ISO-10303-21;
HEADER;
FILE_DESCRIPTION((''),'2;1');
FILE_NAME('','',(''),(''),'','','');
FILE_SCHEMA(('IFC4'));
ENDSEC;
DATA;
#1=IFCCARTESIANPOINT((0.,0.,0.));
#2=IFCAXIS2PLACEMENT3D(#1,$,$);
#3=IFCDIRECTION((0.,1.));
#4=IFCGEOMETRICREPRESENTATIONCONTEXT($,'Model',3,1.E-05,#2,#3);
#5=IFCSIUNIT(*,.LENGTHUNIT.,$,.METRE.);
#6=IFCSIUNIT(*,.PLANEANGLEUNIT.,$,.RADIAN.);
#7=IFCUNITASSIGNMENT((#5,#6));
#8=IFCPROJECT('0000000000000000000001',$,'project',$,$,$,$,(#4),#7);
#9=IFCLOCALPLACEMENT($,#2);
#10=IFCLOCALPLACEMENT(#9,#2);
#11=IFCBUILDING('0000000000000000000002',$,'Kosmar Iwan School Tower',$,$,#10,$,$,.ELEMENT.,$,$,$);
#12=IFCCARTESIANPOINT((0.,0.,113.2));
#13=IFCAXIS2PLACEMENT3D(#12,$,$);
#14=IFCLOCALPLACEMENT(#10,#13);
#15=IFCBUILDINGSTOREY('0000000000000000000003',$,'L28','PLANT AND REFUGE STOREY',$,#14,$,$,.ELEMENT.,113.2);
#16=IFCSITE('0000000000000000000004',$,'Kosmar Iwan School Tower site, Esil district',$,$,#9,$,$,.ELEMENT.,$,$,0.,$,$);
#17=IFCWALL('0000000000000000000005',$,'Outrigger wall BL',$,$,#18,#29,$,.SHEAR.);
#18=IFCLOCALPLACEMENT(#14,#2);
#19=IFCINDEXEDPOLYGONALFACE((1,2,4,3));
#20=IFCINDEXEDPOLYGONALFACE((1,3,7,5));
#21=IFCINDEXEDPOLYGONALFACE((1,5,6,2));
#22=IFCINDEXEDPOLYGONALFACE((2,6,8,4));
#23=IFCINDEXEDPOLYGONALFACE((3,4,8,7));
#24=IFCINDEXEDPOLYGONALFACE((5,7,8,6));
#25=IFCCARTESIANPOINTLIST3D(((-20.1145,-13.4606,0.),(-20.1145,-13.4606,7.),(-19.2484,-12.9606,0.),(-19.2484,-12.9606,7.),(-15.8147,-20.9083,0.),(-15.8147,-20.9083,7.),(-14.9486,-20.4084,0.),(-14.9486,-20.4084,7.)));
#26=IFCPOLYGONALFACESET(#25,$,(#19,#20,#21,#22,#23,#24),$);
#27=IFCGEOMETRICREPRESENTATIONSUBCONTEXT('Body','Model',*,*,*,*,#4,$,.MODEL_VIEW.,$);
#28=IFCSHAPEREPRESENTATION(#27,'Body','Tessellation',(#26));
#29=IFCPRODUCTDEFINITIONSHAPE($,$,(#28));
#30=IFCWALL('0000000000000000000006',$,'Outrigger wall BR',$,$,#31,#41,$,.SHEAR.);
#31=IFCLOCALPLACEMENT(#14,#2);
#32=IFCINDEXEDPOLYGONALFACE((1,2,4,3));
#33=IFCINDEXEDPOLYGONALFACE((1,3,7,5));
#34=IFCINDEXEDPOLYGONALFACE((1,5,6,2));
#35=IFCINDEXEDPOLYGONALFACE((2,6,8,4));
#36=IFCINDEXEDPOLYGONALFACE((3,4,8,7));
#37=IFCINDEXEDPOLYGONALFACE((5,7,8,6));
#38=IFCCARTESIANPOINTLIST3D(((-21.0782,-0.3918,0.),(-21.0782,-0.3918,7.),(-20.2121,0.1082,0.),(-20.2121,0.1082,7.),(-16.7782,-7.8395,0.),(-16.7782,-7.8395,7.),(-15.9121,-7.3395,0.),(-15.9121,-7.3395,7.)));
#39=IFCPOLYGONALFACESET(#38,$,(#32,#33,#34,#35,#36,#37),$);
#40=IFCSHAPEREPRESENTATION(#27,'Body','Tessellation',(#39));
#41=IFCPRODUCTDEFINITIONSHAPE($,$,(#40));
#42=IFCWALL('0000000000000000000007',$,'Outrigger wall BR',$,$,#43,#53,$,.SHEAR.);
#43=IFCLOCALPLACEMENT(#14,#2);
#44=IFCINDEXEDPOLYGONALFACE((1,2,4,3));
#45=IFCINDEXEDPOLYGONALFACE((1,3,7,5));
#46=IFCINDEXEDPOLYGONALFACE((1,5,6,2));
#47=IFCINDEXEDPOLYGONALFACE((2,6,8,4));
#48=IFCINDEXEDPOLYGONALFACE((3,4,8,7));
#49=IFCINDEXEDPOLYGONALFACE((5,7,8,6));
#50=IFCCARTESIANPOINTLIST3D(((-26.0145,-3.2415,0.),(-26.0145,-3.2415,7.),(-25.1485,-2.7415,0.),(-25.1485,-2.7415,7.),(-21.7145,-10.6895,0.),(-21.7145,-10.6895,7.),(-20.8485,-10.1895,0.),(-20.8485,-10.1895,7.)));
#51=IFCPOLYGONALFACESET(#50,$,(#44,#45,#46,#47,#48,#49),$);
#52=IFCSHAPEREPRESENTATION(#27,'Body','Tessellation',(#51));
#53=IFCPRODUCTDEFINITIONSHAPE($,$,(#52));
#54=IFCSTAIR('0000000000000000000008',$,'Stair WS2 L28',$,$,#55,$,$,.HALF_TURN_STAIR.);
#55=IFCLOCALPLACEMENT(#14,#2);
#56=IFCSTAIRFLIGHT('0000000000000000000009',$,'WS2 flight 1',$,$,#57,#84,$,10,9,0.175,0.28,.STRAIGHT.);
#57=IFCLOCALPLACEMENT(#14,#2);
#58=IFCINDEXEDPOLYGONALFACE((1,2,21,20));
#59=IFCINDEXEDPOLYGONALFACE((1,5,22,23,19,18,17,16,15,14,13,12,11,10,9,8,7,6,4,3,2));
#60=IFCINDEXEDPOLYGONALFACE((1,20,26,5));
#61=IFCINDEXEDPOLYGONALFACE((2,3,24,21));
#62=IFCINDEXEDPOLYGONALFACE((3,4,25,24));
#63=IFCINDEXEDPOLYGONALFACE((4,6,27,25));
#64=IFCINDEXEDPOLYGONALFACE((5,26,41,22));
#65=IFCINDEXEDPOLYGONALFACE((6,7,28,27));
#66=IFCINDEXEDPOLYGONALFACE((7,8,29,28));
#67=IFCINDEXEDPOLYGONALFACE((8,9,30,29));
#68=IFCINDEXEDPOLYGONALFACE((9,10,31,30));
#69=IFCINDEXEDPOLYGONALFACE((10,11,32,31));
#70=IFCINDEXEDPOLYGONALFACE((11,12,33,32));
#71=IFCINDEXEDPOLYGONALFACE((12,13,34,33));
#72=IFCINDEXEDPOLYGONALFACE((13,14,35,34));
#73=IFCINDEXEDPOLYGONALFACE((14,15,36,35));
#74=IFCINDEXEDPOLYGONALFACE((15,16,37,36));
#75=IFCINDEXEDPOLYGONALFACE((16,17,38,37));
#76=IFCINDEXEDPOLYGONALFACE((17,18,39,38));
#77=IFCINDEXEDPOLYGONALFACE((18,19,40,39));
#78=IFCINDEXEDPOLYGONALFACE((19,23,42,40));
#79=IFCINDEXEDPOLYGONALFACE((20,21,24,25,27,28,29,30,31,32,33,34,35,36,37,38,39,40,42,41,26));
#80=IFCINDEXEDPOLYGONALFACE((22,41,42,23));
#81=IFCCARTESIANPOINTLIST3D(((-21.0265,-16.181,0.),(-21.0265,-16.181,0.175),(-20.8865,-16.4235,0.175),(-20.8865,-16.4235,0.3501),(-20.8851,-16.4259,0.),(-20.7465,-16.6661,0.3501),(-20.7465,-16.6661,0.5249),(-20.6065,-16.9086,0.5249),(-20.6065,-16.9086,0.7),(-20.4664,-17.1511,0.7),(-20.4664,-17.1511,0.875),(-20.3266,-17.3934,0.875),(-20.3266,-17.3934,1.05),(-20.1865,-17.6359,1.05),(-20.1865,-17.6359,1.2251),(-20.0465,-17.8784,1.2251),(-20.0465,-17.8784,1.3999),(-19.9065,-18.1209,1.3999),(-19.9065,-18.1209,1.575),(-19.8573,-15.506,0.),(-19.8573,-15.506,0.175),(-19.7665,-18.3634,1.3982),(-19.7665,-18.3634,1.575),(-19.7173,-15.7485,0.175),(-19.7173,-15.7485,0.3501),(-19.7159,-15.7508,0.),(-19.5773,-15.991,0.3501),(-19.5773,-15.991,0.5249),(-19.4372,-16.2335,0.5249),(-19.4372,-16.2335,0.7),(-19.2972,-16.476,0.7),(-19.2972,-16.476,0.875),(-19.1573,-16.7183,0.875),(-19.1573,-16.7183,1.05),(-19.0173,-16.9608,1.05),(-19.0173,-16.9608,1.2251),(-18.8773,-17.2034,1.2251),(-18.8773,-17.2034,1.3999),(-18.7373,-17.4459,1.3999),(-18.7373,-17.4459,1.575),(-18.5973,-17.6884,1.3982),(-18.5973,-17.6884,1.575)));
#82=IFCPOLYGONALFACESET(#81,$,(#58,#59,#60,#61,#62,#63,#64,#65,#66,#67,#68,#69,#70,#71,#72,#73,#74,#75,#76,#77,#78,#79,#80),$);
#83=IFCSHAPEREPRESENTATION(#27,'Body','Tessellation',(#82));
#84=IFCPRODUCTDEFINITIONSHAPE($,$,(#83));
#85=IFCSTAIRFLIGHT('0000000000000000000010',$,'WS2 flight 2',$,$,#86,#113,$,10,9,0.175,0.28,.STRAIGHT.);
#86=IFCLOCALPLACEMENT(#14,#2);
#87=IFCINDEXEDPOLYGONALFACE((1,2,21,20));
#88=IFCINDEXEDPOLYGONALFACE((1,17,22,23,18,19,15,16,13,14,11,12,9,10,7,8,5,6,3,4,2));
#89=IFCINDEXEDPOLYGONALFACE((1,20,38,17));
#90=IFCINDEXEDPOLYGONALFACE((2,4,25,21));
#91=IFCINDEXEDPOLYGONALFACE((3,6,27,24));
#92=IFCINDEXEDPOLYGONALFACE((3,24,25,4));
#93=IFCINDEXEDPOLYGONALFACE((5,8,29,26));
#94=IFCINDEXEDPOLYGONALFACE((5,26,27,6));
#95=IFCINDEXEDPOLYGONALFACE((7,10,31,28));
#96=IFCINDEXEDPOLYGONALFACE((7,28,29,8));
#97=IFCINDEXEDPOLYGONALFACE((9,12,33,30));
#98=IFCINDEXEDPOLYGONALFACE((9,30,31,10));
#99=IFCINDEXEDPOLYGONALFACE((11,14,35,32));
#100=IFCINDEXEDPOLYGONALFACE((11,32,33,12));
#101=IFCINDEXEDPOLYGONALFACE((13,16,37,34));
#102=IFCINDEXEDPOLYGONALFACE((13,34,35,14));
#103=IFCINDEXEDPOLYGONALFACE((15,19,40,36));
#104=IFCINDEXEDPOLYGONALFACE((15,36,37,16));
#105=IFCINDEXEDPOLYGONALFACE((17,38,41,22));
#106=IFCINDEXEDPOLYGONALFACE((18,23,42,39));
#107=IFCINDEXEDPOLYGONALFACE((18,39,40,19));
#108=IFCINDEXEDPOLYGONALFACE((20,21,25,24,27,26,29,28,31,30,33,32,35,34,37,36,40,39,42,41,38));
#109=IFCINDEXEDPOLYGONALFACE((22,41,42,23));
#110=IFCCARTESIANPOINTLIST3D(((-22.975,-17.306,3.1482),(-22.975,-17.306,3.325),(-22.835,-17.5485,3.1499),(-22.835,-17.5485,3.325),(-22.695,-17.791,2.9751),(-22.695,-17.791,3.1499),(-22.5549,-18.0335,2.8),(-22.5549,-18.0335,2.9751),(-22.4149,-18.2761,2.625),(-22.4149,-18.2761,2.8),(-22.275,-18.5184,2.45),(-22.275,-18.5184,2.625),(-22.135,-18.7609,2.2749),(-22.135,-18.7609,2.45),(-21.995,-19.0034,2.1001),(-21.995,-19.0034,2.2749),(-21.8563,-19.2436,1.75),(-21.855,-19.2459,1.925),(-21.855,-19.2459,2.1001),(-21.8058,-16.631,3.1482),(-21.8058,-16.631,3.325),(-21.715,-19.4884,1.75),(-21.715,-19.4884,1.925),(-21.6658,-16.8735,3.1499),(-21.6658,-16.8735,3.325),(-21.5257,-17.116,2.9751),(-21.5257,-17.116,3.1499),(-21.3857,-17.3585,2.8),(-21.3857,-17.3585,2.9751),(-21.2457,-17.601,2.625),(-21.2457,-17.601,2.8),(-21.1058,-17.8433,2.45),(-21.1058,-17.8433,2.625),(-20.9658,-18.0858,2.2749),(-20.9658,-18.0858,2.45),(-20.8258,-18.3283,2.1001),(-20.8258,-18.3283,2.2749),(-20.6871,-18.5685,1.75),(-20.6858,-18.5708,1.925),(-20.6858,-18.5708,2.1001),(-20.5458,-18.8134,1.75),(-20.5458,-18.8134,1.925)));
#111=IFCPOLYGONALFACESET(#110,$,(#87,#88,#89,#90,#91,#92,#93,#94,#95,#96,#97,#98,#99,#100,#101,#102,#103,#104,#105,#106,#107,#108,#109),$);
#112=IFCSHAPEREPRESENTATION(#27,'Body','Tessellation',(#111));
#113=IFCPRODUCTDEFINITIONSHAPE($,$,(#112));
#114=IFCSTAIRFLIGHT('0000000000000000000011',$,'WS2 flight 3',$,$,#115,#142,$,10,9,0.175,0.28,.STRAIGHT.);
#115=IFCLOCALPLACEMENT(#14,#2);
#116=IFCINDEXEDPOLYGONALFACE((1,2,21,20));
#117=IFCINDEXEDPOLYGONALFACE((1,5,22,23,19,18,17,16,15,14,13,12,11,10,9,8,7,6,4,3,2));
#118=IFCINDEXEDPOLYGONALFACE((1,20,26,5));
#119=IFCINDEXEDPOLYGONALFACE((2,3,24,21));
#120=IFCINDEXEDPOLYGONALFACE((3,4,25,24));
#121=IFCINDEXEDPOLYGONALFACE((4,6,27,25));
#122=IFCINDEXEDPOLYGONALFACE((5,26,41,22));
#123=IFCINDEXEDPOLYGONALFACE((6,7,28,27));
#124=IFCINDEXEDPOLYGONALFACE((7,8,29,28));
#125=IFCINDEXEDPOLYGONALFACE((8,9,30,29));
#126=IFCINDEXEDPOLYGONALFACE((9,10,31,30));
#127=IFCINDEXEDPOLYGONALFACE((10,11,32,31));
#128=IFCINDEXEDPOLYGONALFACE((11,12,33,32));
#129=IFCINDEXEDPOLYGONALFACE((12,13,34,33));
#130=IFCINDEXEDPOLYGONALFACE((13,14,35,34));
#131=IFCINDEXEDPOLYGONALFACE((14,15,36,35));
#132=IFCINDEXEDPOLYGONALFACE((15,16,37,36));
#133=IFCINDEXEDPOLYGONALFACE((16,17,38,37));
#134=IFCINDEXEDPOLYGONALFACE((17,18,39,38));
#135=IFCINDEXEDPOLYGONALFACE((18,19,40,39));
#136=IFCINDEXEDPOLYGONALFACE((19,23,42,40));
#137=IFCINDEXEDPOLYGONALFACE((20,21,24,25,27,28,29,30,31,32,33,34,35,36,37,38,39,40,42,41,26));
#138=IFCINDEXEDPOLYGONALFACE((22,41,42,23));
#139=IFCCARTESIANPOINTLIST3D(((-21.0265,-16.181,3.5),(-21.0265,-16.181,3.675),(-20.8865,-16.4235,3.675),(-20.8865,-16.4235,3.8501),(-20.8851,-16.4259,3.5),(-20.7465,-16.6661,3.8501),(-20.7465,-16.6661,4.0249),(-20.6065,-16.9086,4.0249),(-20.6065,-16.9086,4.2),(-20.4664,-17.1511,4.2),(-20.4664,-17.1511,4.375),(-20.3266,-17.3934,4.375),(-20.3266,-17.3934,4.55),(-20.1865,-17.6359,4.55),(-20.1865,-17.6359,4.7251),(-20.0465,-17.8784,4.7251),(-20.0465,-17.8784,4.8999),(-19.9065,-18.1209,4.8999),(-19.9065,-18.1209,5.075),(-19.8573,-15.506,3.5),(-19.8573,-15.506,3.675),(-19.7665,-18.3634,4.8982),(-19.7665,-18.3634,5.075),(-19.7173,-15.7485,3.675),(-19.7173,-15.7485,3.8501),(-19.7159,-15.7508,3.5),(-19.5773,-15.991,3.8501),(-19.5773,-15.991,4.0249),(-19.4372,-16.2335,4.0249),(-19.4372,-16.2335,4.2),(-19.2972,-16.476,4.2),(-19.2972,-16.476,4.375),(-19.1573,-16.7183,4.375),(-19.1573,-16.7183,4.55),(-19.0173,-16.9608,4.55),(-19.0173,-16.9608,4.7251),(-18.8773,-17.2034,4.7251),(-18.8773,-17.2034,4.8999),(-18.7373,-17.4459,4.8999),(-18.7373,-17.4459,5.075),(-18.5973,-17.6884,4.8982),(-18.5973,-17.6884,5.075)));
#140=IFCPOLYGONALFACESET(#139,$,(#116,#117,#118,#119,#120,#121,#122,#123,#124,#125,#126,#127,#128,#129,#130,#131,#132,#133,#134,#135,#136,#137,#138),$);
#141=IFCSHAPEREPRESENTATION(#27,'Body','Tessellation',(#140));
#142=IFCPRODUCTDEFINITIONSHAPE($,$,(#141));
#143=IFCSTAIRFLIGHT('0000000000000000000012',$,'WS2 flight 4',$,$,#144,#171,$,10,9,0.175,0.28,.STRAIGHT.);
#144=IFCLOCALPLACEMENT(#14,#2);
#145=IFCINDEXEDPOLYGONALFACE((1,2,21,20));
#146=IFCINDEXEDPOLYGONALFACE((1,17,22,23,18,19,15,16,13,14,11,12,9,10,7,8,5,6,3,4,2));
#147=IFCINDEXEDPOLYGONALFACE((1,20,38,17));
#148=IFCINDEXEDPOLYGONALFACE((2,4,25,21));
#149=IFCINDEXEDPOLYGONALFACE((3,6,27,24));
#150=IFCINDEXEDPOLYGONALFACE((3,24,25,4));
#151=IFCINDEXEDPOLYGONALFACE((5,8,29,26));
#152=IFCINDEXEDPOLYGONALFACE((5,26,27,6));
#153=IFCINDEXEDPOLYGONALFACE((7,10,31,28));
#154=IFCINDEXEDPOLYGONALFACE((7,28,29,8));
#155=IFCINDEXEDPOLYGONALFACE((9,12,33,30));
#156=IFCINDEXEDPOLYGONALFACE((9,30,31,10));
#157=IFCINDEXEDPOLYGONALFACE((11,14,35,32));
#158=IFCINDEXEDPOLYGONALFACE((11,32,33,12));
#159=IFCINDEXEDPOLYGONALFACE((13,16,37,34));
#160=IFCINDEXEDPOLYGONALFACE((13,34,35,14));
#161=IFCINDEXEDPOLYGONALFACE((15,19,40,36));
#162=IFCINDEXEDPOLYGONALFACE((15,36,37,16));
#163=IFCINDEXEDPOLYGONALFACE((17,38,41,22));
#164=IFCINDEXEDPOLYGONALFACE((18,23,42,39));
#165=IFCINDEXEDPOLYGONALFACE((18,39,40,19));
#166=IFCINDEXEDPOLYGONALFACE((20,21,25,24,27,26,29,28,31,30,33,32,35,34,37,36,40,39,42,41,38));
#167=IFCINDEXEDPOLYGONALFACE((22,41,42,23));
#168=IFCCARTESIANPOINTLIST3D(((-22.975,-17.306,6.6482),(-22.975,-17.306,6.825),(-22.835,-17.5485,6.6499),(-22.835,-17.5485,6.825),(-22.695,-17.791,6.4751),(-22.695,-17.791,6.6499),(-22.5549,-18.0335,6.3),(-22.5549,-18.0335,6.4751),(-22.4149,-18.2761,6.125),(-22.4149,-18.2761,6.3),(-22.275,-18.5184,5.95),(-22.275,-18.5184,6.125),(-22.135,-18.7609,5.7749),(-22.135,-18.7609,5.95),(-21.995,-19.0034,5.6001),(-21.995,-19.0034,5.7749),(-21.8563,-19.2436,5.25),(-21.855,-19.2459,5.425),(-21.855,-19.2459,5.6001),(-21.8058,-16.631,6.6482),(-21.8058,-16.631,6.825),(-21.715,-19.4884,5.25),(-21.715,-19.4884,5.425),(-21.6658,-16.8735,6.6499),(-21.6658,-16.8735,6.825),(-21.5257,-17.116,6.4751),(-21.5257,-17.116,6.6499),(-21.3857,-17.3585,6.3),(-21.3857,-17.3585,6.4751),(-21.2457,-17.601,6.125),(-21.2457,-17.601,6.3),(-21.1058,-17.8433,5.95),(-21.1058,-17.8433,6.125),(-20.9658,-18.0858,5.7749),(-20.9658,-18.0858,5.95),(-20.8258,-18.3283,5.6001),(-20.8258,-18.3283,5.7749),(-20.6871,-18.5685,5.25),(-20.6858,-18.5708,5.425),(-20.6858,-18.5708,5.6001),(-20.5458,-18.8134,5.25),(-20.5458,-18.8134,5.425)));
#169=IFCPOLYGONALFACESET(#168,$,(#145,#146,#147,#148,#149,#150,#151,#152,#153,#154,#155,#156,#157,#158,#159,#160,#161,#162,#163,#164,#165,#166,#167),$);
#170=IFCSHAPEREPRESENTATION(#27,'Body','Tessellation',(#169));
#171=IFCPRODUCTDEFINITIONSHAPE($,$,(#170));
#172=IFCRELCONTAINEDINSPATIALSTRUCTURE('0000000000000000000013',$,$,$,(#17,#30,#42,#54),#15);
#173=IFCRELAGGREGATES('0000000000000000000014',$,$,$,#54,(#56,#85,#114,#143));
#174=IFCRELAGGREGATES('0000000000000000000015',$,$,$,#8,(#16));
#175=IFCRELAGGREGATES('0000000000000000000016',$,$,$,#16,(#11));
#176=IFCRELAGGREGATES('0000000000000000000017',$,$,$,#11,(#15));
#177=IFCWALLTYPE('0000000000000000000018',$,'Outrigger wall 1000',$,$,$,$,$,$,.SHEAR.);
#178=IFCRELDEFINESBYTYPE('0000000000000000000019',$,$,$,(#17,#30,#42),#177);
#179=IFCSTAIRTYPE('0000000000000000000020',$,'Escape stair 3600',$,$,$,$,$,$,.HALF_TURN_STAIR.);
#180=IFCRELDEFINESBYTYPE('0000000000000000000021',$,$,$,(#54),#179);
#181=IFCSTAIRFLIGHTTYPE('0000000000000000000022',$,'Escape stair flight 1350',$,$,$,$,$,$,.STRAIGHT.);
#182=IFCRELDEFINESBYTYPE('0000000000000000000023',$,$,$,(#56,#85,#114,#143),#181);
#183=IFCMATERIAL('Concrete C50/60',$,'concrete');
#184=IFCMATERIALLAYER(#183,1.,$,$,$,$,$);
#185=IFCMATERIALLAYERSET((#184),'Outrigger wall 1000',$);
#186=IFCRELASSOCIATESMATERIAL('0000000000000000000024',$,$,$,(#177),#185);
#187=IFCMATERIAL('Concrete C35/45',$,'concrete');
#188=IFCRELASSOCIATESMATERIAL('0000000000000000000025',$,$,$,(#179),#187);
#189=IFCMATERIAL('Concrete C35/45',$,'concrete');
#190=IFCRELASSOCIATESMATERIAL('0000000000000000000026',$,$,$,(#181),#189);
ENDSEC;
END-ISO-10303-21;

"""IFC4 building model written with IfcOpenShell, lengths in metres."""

from ifc_helpers import new_model, si_unit, direction, frame, frame_2d, origin, place, context, subcontext, project, spatial, polyline, rectangle, outline, extrude, material, layer, layer_set, type_object, element, aggregate, save


model = new_model("IFC4")

# Units and contexts
model_context = context("Model", 3, precision=1e-05, world=origin(), true_north=direction((0.0, 1.0)))
body_context = subcontext(model_context, "Body", "Model", "MODEL_VIEW")
ifc_project = project(units=[si_unit("LENGTHUNIT", "METRE"), si_unit("PLANEANGLEUNIT", "RADIAN")], contexts=[model_context])

# Site, building, storey
site_placement = place(None, origin())
site = spatial("IfcSite", under=ifc_project, at=site_placement, Name="Kosmar Iwan School Tower site, Esil district", CompositionType="ELEMENT", RefElevation=0.0)
building_placement = place(site_placement, origin())
building = spatial("IfcBuilding", under=site, at=building_placement, Name="Kosmar Iwan School Tower", CompositionType="ELEMENT")
storey_placement = place(building_placement, frame((0.0, 0.0, 113.2)))
storey = spatial("IfcBuildingStorey", under=building, at=storey_placement, Name="L28", Description="PLANT AND REFUGE STOREY", CompositionType="ELEMENT", Elevation=113.2)

# Walls
ifc_material_1 = material(Name="Concrete C50/60", Category="concrete")
ifc_layer_1 = layer(ifc_material_1, 1.0)
ifc_layer_set_1 = layer_set([ifc_layer_1], Name="Outrigger wall 1000")
wall_type_1 = type_object("IfcWallType", Name="Outrigger wall 1000", PredefinedType="SHEAR", material=ifc_layer_set_1)
for number, where, z_axis, x_axis, name in (
    (1, (-19.6814, -13.2107, 0.0), (0.0, 0.0, 1.0), (0.499986, -0.866033, 0.0), "Outrigger wall BL"),
    (2, (-16.3452, -7.5894, 0.0), (0.0, 0.0, 1.0), (-0.500008, 0.866021, 0.0), "Outrigger wall BR"),
):
    element("IfcWall", number, at=place(storey_placement, frame(where, z_axis=z_axis, x_axis=x_axis)), inside=storey, type_object=wall_type_1, Name=name, PredefinedType="SHEAR", context=body_context, shape_type="SweptSolid", body=[
        extrude(rectangle(XDim=8.5999, YDim=1.0, at=frame_2d((4.2998, 0.0))), origin(), (0.0, 0.0, 1.0), 7.0),
    ])
wall_1_placement = place(storey_placement, frame((-21.2815, -10.4395, 0.0), z_axis=(0.0, 0.0, 1.0), x_axis=(-0.499995, 0.866028, 0.0)))
element("IfcWall", 3, at=wall_1_placement, inside=storey, type_object=wall_type_1, Name="Outrigger wall BR", PredefinedType="SHEAR", context=body_context, shape_type="SweptSolid", body=[
    extrude(rectangle(XDim=8.6001, YDim=1.0, at=frame_2d((4.3, 0.0))), origin(), (0.0, 0.0, 1.0), 7.0),
])

# Stair, stair flights
ifc_material_2 = material(Name="Concrete C35/45", Category="concrete")
stair_type = type_object("IfcStairType", Name="Escape stair 3600", PredefinedType="HALF_TURN_STAIR", material=ifc_material_2)
stair_placement = place(storey_placement, origin())
stair = element("IfcStair", 4, at=stair_placement, inside=storey, type_object=stair_type, Name="Stair WS2 L28", PredefinedType="HALF_TURN_STAIR")
ifc_material_3 = material(Name="Concrete C35/45", Category="concrete")
stair_flight_type = type_object("IfcStairFlightType", Name="Escape stair flight 1350", PredefinedType="STRAIGHT", material=ifc_material_3)
stair_flight_1_placement = place(storey_placement, frame((-20.4419, -15.8435, 0.0), z_axis=(0.0, 0.0, 1.0), x_axis=(0.5, -0.866025, 0.0)))
stair_flight_1 = element("IfcStairFlight", 5, at=stair_flight_1_placement, type_object=stair_flight_type, Name="WS2 flight 1", NumberOfRisers=10, NumberOfTreads=9, PredefinedType="STRAIGHT", RiserHeight=0.175, TreadLength=0.28, context=body_context, shape_type="SweptSolid", body=[
    extrude(outline(polyline([(0.0, 0.0), (0.0, 0.175), (0.28, 0.175), (0.28, 0.3501), (0.5601, 0.3501), (0.5601, 0.5249), (0.8401, 0.5249), (0.8401, 0.7), (1.1201, 0.7), (1.1201, 0.875), (1.3999, 0.875), (1.3999, 1.05), (1.6799, 1.05), (1.6799, 1.2251), (1.96, 1.2251), (1.96, 1.3999), (2.24, 1.3999), (2.24, 1.575), (2.52, 1.575), (2.52, 1.75), (2.52, 1.3982), (0.2827, 0.0), (0.0, 0.0)])), frame((0.0, 0.675, 0.0), z_axis=(0.0, -1.0, 0.0), x_axis=(1.0, 0.0, 0.0)), (0.0, 0.0, 1.0), 1.3501),
])
stair_flight_2_placement = place(storey_placement, frame((-21.1304, -19.1509, 1.75), z_axis=(0.0, 0.0, 1.0), x_axis=(-0.5, 0.866025, 0.0)))
stair_flight_2 = element("IfcStairFlight", 6, at=stair_flight_2_placement, type_object=stair_flight_type, Name="WS2 flight 2", NumberOfRisers=10, NumberOfTreads=9, PredefinedType="STRAIGHT", RiserHeight=0.175, TreadLength=0.28, context=body_context, shape_type="SweptSolid", body=[
    extrude(outline(polyline([(0.0, 0.0), (0.0, 0.175), (0.28, 0.175), (0.28, 0.3501), (0.5601, 0.3501), (0.5601, 0.5249), (0.8401, 0.5249), (0.8401, 0.7), (1.1201, 0.7), (1.1201, 0.875), (1.3999, 0.875), (1.3999, 1.05), (1.6799, 1.05), (1.6799, 1.2251), (1.96, 1.2251), (1.96, 1.3999), (2.24, 1.3999), (2.24, 1.575), (2.52, 1.575), (2.52, 1.75), (2.52, 1.3982), (0.2827, 0.0), (0.0, 0.0)])), frame((0.0, 0.675, 0.0), z_axis=(0.0, -1.0, 0.0), x_axis=(1.0, 0.0, 0.0)), (0.0, 0.0, 1.0), 1.3501),
])
stair_flight_3_placement = place(storey_placement, frame((-20.4419, -15.8435, 3.5), z_axis=(0.0, 0.0, 1.0), x_axis=(0.5, -0.866025, 0.0)))
stair_flight_3 = element("IfcStairFlight", 7, at=stair_flight_3_placement, type_object=stair_flight_type, Name="WS2 flight 3", NumberOfRisers=10, NumberOfTreads=9, PredefinedType="STRAIGHT", RiserHeight=0.175, TreadLength=0.28, context=body_context, shape_type="SweptSolid", body=[
    extrude(outline(polyline([(0.0, 0.0), (0.0, 0.175), (0.28, 0.175), (0.28, 0.3501), (0.5601, 0.3501), (0.5601, 0.5249), (0.8401, 0.5249), (0.8401, 0.7), (1.1201, 0.7), (1.1201, 0.875), (1.3999, 0.875), (1.3999, 1.05), (1.6799, 1.05), (1.6799, 1.2251), (1.96, 1.2251), (1.96, 1.3999), (2.24, 1.3999), (2.24, 1.575), (2.52, 1.575), (2.52, 1.75), (2.52, 1.3982), (0.2827, 0.0), (0.0, 0.0)])), frame((0.0, 0.675, 0.0), z_axis=(0.0, -1.0, 0.0), x_axis=(1.0, 0.0, 0.0)), (0.0, 0.0, 1.0), 1.3501),
])
stair_flight_4_placement = place(storey_placement, frame((-21.1304, -19.1509, 5.25), z_axis=(0.0, 0.0, 1.0), x_axis=(-0.5, 0.866025, 0.0)))
stair_flight_4 = element("IfcStairFlight", 8, at=stair_flight_4_placement, type_object=stair_flight_type, Name="WS2 flight 4", NumberOfRisers=10, NumberOfTreads=9, PredefinedType="STRAIGHT", RiserHeight=0.175, TreadLength=0.28, context=body_context, shape_type="SweptSolid", body=[
    extrude(outline(polyline([(0.0, 0.0), (0.0, 0.175), (0.28, 0.175), (0.28, 0.3501), (0.5601, 0.3501), (0.5601, 0.5249), (0.8401, 0.5249), (0.8401, 0.7), (1.1201, 0.7), (1.1201, 0.875), (1.3999, 0.875), (1.3999, 1.05), (1.6799, 1.05), (1.6799, 1.2251), (1.96, 1.2251), (1.96, 1.3999), (2.24, 1.3999), (2.24, 1.575), (2.52, 1.575), (2.52, 1.75), (2.52, 1.3982), (0.2827, 0.0), (0.0, 0.0)])), frame((0.0, 0.675, 0.0), z_axis=(0.0, -1.0, 0.0), x_axis=(1.0, 0.0, 0.0)), (0.0, 0.0, 1.0), 1.3501),
])
aggregate(stair, [stair_flight_1, stair_flight_2, stair_flight_3, stair_flight_4])

save(model, "model.ifc")
